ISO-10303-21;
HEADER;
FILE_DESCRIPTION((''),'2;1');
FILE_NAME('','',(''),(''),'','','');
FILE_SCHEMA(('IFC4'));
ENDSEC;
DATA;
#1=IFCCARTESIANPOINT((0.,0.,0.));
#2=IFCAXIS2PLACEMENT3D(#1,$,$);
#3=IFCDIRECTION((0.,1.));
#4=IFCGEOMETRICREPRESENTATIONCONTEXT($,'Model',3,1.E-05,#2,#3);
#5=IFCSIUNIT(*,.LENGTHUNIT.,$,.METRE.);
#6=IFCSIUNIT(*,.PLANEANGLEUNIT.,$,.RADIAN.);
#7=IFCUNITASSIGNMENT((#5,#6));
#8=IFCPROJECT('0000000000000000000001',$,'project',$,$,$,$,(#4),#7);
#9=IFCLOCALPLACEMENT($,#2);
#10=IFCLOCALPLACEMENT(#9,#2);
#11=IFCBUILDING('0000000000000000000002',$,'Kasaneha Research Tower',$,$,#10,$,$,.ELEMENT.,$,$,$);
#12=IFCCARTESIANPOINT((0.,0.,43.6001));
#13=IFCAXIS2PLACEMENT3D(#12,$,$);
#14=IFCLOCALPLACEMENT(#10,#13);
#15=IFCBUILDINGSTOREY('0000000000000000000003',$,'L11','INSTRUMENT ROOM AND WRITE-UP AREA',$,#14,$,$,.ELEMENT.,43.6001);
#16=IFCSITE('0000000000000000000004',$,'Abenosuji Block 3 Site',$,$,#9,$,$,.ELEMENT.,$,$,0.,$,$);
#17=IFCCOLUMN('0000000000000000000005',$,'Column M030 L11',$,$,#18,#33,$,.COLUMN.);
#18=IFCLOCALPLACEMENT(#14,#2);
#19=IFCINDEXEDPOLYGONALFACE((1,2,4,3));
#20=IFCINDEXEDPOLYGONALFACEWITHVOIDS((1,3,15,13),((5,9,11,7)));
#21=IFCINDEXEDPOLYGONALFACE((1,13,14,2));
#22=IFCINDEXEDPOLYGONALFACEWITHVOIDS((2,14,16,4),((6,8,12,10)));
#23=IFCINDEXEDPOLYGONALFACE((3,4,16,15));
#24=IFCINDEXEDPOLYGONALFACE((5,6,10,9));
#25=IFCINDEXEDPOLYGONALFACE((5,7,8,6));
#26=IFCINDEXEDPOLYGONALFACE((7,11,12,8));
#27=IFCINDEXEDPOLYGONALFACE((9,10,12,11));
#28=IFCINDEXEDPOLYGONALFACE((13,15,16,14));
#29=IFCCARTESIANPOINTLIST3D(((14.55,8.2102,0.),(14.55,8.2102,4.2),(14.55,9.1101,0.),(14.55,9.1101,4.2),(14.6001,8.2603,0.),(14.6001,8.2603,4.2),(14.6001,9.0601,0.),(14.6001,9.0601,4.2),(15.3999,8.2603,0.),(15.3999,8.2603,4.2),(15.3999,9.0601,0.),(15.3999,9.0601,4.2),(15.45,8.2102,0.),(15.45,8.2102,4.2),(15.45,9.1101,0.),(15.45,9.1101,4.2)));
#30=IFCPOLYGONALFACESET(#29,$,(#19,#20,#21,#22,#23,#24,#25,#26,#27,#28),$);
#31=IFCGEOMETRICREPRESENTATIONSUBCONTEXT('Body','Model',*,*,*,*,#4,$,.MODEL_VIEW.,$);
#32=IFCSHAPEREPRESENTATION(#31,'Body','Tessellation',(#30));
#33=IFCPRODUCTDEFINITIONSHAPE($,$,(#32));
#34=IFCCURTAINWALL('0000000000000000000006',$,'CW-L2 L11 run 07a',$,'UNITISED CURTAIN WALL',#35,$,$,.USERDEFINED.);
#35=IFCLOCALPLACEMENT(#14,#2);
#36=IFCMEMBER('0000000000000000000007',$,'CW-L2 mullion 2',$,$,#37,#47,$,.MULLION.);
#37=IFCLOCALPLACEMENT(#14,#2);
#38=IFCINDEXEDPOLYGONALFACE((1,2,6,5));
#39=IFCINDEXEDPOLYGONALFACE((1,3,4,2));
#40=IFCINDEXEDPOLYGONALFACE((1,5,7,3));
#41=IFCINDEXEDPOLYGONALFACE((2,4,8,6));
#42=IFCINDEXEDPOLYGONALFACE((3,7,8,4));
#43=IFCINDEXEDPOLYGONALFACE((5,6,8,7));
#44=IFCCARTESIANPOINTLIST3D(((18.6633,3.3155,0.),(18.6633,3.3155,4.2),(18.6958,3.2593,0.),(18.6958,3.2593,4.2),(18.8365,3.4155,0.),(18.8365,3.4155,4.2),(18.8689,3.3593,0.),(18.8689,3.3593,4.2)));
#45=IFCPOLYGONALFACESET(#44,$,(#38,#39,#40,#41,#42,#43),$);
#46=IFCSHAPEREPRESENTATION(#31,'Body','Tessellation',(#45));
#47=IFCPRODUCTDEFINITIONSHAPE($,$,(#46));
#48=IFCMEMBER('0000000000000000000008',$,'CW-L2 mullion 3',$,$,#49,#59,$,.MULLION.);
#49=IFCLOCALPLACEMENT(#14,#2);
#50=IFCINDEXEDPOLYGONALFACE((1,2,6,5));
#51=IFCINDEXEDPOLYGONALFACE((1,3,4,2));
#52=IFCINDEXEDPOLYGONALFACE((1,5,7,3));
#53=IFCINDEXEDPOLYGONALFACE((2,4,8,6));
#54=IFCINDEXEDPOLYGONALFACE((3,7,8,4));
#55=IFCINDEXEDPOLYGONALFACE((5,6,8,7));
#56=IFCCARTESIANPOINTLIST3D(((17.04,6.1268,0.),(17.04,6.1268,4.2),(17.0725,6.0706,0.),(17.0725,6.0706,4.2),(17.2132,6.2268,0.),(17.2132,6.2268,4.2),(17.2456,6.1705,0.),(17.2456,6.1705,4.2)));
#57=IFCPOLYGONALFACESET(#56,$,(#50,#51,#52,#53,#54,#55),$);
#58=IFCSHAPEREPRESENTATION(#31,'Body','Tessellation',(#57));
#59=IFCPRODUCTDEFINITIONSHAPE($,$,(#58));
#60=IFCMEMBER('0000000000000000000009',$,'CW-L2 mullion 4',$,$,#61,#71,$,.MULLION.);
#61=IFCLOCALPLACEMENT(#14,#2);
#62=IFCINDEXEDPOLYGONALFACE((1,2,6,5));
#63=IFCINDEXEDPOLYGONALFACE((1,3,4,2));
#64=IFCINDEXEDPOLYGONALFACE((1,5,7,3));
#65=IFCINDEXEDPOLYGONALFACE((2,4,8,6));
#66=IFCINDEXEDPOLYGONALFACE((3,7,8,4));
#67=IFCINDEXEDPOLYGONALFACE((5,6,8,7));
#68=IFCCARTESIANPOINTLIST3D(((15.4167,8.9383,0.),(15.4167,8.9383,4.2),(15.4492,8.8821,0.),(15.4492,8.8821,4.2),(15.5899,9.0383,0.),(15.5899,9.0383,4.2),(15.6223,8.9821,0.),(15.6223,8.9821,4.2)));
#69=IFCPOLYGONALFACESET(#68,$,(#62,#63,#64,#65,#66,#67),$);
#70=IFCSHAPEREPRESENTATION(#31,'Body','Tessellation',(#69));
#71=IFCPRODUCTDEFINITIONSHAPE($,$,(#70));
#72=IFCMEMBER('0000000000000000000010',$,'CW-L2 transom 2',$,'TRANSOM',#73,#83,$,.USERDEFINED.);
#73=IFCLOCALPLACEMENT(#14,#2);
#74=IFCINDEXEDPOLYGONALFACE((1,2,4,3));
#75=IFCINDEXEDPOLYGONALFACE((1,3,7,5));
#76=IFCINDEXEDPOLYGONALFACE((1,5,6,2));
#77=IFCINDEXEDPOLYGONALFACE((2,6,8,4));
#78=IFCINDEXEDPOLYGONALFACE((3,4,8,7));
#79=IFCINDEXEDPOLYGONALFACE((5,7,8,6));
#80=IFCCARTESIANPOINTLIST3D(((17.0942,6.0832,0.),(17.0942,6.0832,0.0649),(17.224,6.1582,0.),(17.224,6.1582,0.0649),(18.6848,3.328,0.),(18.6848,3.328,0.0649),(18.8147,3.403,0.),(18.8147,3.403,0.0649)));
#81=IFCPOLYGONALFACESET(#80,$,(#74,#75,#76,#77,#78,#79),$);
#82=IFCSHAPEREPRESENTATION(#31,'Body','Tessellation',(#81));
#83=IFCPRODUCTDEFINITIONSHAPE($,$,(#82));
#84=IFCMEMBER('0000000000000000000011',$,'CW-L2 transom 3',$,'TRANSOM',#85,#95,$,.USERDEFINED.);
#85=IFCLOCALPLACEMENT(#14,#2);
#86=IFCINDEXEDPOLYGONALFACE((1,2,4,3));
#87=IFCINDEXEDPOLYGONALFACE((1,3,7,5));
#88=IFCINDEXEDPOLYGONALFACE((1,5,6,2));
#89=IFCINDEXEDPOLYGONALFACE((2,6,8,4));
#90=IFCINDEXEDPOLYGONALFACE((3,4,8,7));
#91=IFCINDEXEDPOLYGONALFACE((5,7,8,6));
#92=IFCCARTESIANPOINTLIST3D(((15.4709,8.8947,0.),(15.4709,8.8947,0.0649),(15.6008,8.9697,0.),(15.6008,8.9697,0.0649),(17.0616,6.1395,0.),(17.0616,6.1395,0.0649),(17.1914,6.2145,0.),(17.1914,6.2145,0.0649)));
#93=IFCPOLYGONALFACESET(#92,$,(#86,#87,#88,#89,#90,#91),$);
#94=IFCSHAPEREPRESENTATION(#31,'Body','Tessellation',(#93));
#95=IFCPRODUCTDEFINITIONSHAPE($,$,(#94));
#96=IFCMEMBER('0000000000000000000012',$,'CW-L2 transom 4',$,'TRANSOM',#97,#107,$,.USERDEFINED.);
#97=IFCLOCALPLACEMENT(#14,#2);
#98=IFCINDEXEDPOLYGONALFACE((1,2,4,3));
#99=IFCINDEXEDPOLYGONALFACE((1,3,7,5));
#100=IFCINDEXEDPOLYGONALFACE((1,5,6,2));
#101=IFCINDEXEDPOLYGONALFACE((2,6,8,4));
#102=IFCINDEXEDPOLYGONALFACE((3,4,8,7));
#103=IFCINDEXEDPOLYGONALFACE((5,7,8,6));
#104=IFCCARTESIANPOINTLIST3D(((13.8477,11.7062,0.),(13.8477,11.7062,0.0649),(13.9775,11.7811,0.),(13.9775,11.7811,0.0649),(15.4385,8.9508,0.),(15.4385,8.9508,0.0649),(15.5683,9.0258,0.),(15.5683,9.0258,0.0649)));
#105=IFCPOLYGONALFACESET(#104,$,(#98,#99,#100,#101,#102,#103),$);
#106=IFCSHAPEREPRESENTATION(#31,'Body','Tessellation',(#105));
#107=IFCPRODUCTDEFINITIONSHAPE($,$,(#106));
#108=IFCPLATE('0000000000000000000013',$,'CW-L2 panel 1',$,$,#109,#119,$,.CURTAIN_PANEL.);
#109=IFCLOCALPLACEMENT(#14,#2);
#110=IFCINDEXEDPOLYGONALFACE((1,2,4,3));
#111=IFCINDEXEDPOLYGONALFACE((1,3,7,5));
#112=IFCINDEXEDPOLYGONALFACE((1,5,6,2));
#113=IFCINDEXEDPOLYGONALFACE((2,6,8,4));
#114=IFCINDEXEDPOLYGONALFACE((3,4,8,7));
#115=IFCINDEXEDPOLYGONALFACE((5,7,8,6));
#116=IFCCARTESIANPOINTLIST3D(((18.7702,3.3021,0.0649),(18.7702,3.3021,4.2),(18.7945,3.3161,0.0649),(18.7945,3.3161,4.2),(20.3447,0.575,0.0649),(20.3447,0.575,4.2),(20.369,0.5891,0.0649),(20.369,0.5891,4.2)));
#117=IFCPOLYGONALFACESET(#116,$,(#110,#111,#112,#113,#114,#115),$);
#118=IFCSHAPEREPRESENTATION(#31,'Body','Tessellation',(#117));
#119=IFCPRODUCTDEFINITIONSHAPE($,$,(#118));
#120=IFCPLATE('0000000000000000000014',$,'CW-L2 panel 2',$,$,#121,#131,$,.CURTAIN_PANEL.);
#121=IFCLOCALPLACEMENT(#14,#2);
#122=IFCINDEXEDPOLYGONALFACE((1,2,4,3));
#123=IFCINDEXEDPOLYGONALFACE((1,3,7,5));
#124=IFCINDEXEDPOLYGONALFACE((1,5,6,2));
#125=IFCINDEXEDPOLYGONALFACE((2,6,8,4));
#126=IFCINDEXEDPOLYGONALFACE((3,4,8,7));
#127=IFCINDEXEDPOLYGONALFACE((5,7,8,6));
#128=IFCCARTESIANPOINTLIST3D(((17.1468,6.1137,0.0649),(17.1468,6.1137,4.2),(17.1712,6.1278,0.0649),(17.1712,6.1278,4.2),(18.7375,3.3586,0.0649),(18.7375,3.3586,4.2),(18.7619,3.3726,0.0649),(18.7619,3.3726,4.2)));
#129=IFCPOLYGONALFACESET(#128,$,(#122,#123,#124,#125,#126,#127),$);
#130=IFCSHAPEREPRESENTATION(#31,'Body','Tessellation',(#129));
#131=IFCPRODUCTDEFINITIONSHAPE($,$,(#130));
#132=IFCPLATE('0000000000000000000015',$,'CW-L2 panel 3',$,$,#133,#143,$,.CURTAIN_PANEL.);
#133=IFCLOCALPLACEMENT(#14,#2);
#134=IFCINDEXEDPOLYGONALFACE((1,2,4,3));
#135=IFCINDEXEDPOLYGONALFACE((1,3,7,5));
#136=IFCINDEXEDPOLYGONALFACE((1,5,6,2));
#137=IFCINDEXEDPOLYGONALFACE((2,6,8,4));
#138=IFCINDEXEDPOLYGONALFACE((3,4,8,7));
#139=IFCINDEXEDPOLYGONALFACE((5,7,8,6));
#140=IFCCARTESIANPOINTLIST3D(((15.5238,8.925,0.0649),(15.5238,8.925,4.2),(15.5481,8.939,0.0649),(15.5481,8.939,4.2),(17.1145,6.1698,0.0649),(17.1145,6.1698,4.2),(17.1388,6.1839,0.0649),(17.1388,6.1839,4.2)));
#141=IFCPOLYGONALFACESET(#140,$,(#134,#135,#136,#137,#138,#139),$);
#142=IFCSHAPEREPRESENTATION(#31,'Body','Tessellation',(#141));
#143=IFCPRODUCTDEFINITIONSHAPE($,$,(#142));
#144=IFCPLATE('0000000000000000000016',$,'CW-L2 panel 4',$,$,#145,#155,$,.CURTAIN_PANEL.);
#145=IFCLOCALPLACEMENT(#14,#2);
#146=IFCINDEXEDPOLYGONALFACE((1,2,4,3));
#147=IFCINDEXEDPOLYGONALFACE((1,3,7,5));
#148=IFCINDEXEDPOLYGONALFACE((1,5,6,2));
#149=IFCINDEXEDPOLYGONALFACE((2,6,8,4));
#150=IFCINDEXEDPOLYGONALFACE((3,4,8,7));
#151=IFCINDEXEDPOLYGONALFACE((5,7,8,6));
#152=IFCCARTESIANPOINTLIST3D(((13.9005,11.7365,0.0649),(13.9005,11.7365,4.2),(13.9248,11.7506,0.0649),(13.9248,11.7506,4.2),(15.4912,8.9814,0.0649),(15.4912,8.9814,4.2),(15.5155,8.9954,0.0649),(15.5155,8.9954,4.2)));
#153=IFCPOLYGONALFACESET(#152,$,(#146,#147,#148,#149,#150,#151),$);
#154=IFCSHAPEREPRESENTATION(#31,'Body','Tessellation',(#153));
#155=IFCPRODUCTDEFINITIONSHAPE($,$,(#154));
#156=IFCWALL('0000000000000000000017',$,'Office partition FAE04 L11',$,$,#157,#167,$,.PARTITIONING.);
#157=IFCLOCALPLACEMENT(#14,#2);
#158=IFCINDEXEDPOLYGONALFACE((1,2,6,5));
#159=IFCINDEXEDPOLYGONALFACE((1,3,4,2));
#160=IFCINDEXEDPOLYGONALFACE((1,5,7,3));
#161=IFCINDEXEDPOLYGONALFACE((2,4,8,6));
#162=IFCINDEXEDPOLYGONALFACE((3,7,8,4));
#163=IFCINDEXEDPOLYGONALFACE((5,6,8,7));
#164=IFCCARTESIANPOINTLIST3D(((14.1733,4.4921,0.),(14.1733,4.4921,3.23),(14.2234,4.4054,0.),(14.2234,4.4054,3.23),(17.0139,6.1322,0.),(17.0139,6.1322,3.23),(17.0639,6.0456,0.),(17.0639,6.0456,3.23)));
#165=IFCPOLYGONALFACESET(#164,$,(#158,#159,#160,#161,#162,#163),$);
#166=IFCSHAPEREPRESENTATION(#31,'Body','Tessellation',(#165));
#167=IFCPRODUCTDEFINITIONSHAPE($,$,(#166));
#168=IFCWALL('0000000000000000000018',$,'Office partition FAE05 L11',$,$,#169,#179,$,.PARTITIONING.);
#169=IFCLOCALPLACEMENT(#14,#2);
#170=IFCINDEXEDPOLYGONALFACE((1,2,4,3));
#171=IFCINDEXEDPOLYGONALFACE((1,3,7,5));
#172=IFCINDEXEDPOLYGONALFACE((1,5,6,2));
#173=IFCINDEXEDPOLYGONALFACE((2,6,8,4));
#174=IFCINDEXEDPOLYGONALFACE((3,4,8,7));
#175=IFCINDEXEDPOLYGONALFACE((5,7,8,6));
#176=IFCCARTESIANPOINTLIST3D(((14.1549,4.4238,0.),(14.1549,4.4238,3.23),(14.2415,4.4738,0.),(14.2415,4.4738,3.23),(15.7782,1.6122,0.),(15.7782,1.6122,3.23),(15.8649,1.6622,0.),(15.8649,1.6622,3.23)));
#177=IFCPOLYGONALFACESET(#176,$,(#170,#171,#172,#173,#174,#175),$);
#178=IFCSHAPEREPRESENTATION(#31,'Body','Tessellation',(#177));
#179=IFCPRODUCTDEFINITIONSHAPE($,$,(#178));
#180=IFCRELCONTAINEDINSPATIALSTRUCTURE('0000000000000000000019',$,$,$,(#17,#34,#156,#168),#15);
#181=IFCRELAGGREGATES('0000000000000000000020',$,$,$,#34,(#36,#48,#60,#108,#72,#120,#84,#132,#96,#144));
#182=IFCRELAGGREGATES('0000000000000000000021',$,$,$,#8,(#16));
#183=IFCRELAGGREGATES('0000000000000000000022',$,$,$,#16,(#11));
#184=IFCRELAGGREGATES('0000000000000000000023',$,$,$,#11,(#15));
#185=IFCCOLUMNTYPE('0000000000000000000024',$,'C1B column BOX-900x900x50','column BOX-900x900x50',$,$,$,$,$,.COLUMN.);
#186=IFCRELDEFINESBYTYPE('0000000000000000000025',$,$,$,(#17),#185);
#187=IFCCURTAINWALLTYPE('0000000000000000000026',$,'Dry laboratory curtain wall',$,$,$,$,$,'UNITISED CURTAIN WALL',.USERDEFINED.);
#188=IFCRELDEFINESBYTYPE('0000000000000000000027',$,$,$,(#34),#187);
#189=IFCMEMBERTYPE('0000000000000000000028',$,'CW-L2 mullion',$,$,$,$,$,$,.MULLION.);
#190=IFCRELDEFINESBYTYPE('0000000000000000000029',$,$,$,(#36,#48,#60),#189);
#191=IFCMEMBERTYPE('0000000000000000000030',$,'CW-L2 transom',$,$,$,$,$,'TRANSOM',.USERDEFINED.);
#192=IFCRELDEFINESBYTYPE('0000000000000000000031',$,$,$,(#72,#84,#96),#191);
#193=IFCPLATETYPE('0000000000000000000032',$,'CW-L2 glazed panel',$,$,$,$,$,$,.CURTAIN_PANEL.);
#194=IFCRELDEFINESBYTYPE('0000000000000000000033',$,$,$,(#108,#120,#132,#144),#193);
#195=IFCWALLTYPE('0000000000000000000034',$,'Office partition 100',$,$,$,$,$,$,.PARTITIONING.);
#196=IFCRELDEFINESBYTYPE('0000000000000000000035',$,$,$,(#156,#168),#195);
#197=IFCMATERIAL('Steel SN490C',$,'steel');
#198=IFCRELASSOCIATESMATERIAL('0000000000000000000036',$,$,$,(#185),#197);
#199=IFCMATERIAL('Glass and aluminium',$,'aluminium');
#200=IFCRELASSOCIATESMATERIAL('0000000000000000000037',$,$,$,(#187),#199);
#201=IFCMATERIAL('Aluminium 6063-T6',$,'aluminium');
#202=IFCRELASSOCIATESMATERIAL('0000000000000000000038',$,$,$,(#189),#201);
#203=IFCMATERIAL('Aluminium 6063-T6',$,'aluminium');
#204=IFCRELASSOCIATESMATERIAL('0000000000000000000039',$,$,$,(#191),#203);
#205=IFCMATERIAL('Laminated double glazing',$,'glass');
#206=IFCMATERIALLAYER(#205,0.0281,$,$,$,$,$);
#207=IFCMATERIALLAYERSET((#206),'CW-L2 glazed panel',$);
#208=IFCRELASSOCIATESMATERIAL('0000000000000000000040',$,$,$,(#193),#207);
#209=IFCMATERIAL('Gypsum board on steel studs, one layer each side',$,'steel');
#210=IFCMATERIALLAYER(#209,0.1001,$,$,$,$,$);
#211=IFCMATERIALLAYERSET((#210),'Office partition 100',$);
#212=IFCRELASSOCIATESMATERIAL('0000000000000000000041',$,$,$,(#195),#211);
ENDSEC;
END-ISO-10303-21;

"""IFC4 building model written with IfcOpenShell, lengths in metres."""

from ifc_helpers import new_model, si_unit, direction, frame, frame_2d, origin, origin_2d, place, context, subcontext, project, spatial, rectangle, hollow_rectangle, extrude, material, layer, layer_set, material_profile, profile_set, type_object, element, aggregate, save


model = new_model("IFC4")

# Units and contexts
model_context = context("Model", 3, precision=1e-05, world=origin(), true_north=direction((0.0, 1.0)))
body_context = subcontext(model_context, "Body", "Model", "MODEL_VIEW")
ifc_project = project(units=[si_unit("LENGTHUNIT", "METRE"), si_unit("PLANEANGLEUNIT", "RADIAN")], contexts=[model_context])

# Site, building, storey
site_placement = place(None, origin())
site = spatial("IfcSite", under=ifc_project, at=site_placement, Name="Abenosuji Block 3 Site", CompositionType="ELEMENT", RefElevation=0.0)
building_placement = place(site_placement, origin())
building = spatial("IfcBuilding", under=site, at=building_placement, Name="Kasaneha Research Tower", CompositionType="ELEMENT")
storey_placement = place(building_placement, frame((0.0, 0.0, 43.6001)))
storey = spatial("IfcBuildingStorey", under=building, at=storey_placement, Name="L11", Description="INSTRUMENT ROOM AND WRITE-UP AREA", CompositionType="ELEMENT", Elevation=43.6001)

# Column
ifc_material_1 = material(Name="Steel SN490C", Category="steel")
ifc_material_profile_1 = material_profile(ifc_material_1, hollow_rectangle(XDim=0.8999, YDim=0.8999, WallThickness=0.05, at=origin_2d()), Name="BOX-900x900x50")
ifc_profile_set_1 = profile_set([ifc_material_profile_1], Name="Steel SN490C")
column_type = type_object("IfcColumnType", Name="C1B column BOX-900x900x50", Description="column BOX-900x900x50", PredefinedType="COLUMN", material=ifc_profile_set_1)
column_placement = place(storey_placement, frame((15.0, 8.6602, 0.0), z_axis=(0.0, 0.0, 1.0), x_axis=(1.0, 0.0, 0.0)))
element("IfcColumn", 1, at=column_placement, inside=storey, type_object=column_type, Name="Column M030 L11", PredefinedType="COLUMN", context=body_context, shape_type="SweptSolid", body=[
    extrude(hollow_rectangle(XDim=0.8999, YDim=0.8999, WallThickness=0.05, at=origin_2d()), origin(), (0.0, 0.0, 1.0), 4.2),
])

# Curtain wall, members, plates
ifc_material_2 = material(Name="Glass and aluminium", Category="aluminium")
curtain_wall_type = type_object("IfcCurtainWallType", Name="Dry laboratory curtain wall", ElementType="UNITISED CURTAIN WALL", PredefinedType="USERDEFINED", material=ifc_material_2)
curtain_wall_placement = place(storey_placement, origin())
curtain_wall = element("IfcCurtainWall", 2, at=curtain_wall_placement, inside=storey, type_object=curtain_wall_type, Name="CW-L2 L11 run 07a", ObjectType="UNITISED CURTAIN WALL", PredefinedType="USERDEFINED")
ifc_material_3 = material(Name="Aluminium 6063-T6", Category="aluminium")
ifc_material_profile_2 = material_profile(ifc_material_3, rectangle(XDim=0.0649, YDim=0.2, at=origin_2d()), Name="CW-L2 mullion 65x200")
ifc_profile_set_2 = profile_set([ifc_material_profile_2], Name="Aluminium 6063-T6")
member_type_1 = type_object("IfcMemberType", Name="CW-L2 mullion", PredefinedType="MULLION", material=ifc_profile_set_2)
member_1_placement = place(storey_placement, frame((18.7661, 3.3374, 0.0), z_axis=(0.0, 0.0, 1.0), x_axis=(-0.5, 0.866025, 0.0)))
member_1 = element("IfcMember", 3, at=member_1_placement, type_object=member_type_1, Name="CW-L2 mullion 2", PredefinedType="MULLION", context=body_context, shape_type="SweptSolid", body=[
    extrude(rectangle(XDim=0.0649, YDim=0.2, at=origin_2d()), origin(), (0.0, 0.0, 1.0), 4.2),
])
member_2_placement = place(storey_placement, frame((17.1428, 6.1487, 0.0), z_axis=(0.0, 0.0, 1.0), x_axis=(-0.5, 0.866025, 0.0)))
member_2 = element("IfcMember", 4, at=member_2_placement, type_object=member_type_1, Name="CW-L2 mullion 3", PredefinedType="MULLION", context=body_context, shape_type="SweptSolid", body=[
    extrude(rectangle(XDim=0.0649, YDim=0.2, at=origin_2d()), origin(), (0.0, 0.0, 1.0), 4.2),
])
member_3_placement = place(storey_placement, frame((15.5195, 8.9602, 0.0), z_axis=(0.0, 0.0, 1.0), x_axis=(-0.5, 0.866025, 0.0)))
member_3 = element("IfcMember", 5, at=member_3_placement, type_object=member_type_1, Name="CW-L2 mullion 4", PredefinedType="MULLION", context=body_context, shape_type="SweptSolid", body=[
    extrude(rectangle(XDim=0.0649, YDim=0.2, at=origin_2d()), origin(), (0.0, 0.0, 1.0), 4.2),
])
ifc_material_4 = material(Name="Aluminium 6063-T6", Category="aluminium")
ifc_material_profile_3 = material_profile(ifc_material_4, rectangle(XDim=0.1499, YDim=0.0649, at=origin_2d()), Name="CW-L2 transom 150x65")
ifc_profile_set_3 = profile_set([ifc_material_profile_3], Name="Aluminium 6063-T6")
member_type_2 = type_object("IfcMemberType", Name="CW-L2 transom", ElementType="TRANSOM", PredefinedType="USERDEFINED", material=ifc_profile_set_3)
member_4_placement = place(storey_placement, frame((18.7498, 3.3655, 0.0325), z_axis=(-0.499977, 0.866039, 0.0), x_axis=(-0.866039, -0.499977, 0.0)))
member_4 = element("IfcMember", 6, at=member_4_placement, type_object=member_type_2, Name="CW-L2 transom 2", ObjectType="TRANSOM", PredefinedType="USERDEFINED", context=body_context, shape_type="SweptSolid", body=[
    extrude(rectangle(XDim=0.1499, YDim=0.0649, at=origin_2d()), origin(), (0.0, 0.0, 1.0), 3.1814),
])
member_5_placement = place(storey_placement, frame((17.1265, 6.177, 0.0325), z_axis=(-0.499977, 0.866039, 0.0), x_axis=(-0.866039, -0.499977, 0.0)))
member_5 = element("IfcMember", 7, at=member_5_placement, type_object=member_type_2, Name="CW-L2 transom 3", ObjectType="TRANSOM", PredefinedType="USERDEFINED", context=body_context, shape_type="SweptSolid", body=[
    extrude(rectangle(XDim=0.1499, YDim=0.0649, at=origin_2d()), origin(), (0.0, 0.0, 1.0), 3.1814),
])
member_6_placement = place(storey_placement, frame((15.5034, 8.9883, 0.0325), z_axis=(-0.500001, 0.866025, 0.0), x_axis=(-0.866025, -0.500001, 0.0)))
member_6 = element("IfcMember", 8, at=member_6_placement, type_object=member_type_2, Name="CW-L2 transom 4", ObjectType="TRANSOM", PredefinedType="USERDEFINED", context=body_context, shape_type="SweptSolid", body=[
    extrude(rectangle(XDim=0.1499, YDim=0.0649, at=origin_2d()), origin(), (0.0, 0.0, 1.0), 3.1816),
])
ifc_material_5 = material(Name="Laminated double glazing", Category="glass")
ifc_layer_1 = layer(ifc_material_5, 0.0281)
ifc_layer_set_1 = layer_set([ifc_layer_1], Name="CW-L2 glazed panel")
plate_type = type_object("IfcPlateType", Name="CW-L2 glazed panel", PredefinedType="CURTAIN_PANEL", material=ifc_layer_set_1)
plate_1_placement = place(storey_placement, frame((19.5696, 1.9456, 0.0649), z_axis=(0.0, 0.0, 1.0), x_axis=(-0.5, 0.866025, 0.0)))
plate_1 = element("IfcPlate", 9, at=plate_1_placement, type_object=plate_type, Name="CW-L2 panel 1", PredefinedType="CURTAIN_PANEL", context=body_context, shape_type="SweptSolid", body=[
    extrude(rectangle(XDim=3.1489, YDim=0.0281, at=origin_2d()), origin(), (0.0, 0.0, 1.0), 4.135),
])
plate_2_placement = place(storey_placement, frame((17.9543, 4.7432, 0.0649), z_axis=(0.0, 0.0, 1.0), x_axis=(-0.5, 0.866025, 0.0)))
plate_2 = element("IfcPlate", 10, at=plate_2_placement, type_object=plate_type, Name="CW-L2 panel 2", PredefinedType="CURTAIN_PANEL", context=body_context, shape_type="SweptSolid", body=[
    extrude(rectangle(XDim=3.1814, YDim=0.0281, at=origin_2d()), origin(), (0.0, 0.0, 1.0), 4.135),
])
plate_3_placement = place(storey_placement, frame((16.3313, 7.5544, 0.0649), z_axis=(0.0, 0.0, 1.0), x_axis=(-0.5, 0.866025, 0.0)))
plate_3 = element("IfcPlate", 11, at=plate_3_placement, type_object=plate_type, Name="CW-L2 panel 3", PredefinedType="CURTAIN_PANEL", context=body_context, shape_type="SweptSolid", body=[
    extrude(rectangle(XDim=3.1814, YDim=0.0281, at=origin_2d()), origin(), (0.0, 0.0, 1.0), 4.135),
])
plate_4_placement = place(storey_placement, frame((14.708, 10.366, 0.0649), z_axis=(0.0, 0.0, 1.0), x_axis=(-0.5, 0.866025, 0.0)))
plate_4 = element("IfcPlate", 12, at=plate_4_placement, type_object=plate_type, Name="CW-L2 panel 4", PredefinedType="CURTAIN_PANEL", context=body_context, shape_type="SweptSolid", body=[
    extrude(rectangle(XDim=3.1814, YDim=0.0281, at=origin_2d()), origin(), (0.0, 0.0, 1.0), 4.135),
])
aggregate(curtain_wall, [member_1, member_2, member_3, plate_1, member_4, plate_2, member_5, plate_3, member_6, plate_4])

# Walls
ifc_material_6 = material(Name="Gypsum board on steel studs, one layer each side", Category="steel")
ifc_layer_2 = layer(ifc_material_6, 0.1001)
ifc_layer_set_2 = layer_set([ifc_layer_2], Name="Office partition 100")
wall_type = type_object("IfcWallType", Name="Office partition 100", PredefinedType="PARTITIONING", material=ifc_layer_set_2)
wall_1_placement = place(storey_placement, frame((14.1982, 4.4487, 0.0), z_axis=(0.0, 0.0, 1.0), x_axis=(0.866008, 0.50003, 0.0)))
element("IfcWall", 13, at=wall_1_placement, inside=storey, type_object=wall_type, Name="Office partition FAE04 L11", PredefinedType="PARTITIONING", context=body_context, shape_type="SweptSolid", body=[
    extrude(rectangle(XDim=3.28, YDim=0.1001, at=frame_2d((1.6401, 0.0))), origin(), (0.0, 0.0, 1.0), 3.23),
])
wall_2_placement = place(storey_placement, frame((15.8215, 1.6372, 0.0), z_axis=(0.0, 0.0, 1.0), x_axis=(-0.500013, 0.866018, 0.0)))
element("IfcWall", 14, at=wall_2_placement, inside=storey, type_object=wall_type, Name="Office partition FAE05 L11", PredefinedType="PARTITIONING", context=body_context, shape_type="SweptSolid", body=[
    extrude(rectangle(XDim=3.2466, YDim=0.1001, at=frame_2d((1.6233, 0.0))), origin(), (0.0, 0.0, 1.0), 3.23),
])

save(model, "model.ifc")
